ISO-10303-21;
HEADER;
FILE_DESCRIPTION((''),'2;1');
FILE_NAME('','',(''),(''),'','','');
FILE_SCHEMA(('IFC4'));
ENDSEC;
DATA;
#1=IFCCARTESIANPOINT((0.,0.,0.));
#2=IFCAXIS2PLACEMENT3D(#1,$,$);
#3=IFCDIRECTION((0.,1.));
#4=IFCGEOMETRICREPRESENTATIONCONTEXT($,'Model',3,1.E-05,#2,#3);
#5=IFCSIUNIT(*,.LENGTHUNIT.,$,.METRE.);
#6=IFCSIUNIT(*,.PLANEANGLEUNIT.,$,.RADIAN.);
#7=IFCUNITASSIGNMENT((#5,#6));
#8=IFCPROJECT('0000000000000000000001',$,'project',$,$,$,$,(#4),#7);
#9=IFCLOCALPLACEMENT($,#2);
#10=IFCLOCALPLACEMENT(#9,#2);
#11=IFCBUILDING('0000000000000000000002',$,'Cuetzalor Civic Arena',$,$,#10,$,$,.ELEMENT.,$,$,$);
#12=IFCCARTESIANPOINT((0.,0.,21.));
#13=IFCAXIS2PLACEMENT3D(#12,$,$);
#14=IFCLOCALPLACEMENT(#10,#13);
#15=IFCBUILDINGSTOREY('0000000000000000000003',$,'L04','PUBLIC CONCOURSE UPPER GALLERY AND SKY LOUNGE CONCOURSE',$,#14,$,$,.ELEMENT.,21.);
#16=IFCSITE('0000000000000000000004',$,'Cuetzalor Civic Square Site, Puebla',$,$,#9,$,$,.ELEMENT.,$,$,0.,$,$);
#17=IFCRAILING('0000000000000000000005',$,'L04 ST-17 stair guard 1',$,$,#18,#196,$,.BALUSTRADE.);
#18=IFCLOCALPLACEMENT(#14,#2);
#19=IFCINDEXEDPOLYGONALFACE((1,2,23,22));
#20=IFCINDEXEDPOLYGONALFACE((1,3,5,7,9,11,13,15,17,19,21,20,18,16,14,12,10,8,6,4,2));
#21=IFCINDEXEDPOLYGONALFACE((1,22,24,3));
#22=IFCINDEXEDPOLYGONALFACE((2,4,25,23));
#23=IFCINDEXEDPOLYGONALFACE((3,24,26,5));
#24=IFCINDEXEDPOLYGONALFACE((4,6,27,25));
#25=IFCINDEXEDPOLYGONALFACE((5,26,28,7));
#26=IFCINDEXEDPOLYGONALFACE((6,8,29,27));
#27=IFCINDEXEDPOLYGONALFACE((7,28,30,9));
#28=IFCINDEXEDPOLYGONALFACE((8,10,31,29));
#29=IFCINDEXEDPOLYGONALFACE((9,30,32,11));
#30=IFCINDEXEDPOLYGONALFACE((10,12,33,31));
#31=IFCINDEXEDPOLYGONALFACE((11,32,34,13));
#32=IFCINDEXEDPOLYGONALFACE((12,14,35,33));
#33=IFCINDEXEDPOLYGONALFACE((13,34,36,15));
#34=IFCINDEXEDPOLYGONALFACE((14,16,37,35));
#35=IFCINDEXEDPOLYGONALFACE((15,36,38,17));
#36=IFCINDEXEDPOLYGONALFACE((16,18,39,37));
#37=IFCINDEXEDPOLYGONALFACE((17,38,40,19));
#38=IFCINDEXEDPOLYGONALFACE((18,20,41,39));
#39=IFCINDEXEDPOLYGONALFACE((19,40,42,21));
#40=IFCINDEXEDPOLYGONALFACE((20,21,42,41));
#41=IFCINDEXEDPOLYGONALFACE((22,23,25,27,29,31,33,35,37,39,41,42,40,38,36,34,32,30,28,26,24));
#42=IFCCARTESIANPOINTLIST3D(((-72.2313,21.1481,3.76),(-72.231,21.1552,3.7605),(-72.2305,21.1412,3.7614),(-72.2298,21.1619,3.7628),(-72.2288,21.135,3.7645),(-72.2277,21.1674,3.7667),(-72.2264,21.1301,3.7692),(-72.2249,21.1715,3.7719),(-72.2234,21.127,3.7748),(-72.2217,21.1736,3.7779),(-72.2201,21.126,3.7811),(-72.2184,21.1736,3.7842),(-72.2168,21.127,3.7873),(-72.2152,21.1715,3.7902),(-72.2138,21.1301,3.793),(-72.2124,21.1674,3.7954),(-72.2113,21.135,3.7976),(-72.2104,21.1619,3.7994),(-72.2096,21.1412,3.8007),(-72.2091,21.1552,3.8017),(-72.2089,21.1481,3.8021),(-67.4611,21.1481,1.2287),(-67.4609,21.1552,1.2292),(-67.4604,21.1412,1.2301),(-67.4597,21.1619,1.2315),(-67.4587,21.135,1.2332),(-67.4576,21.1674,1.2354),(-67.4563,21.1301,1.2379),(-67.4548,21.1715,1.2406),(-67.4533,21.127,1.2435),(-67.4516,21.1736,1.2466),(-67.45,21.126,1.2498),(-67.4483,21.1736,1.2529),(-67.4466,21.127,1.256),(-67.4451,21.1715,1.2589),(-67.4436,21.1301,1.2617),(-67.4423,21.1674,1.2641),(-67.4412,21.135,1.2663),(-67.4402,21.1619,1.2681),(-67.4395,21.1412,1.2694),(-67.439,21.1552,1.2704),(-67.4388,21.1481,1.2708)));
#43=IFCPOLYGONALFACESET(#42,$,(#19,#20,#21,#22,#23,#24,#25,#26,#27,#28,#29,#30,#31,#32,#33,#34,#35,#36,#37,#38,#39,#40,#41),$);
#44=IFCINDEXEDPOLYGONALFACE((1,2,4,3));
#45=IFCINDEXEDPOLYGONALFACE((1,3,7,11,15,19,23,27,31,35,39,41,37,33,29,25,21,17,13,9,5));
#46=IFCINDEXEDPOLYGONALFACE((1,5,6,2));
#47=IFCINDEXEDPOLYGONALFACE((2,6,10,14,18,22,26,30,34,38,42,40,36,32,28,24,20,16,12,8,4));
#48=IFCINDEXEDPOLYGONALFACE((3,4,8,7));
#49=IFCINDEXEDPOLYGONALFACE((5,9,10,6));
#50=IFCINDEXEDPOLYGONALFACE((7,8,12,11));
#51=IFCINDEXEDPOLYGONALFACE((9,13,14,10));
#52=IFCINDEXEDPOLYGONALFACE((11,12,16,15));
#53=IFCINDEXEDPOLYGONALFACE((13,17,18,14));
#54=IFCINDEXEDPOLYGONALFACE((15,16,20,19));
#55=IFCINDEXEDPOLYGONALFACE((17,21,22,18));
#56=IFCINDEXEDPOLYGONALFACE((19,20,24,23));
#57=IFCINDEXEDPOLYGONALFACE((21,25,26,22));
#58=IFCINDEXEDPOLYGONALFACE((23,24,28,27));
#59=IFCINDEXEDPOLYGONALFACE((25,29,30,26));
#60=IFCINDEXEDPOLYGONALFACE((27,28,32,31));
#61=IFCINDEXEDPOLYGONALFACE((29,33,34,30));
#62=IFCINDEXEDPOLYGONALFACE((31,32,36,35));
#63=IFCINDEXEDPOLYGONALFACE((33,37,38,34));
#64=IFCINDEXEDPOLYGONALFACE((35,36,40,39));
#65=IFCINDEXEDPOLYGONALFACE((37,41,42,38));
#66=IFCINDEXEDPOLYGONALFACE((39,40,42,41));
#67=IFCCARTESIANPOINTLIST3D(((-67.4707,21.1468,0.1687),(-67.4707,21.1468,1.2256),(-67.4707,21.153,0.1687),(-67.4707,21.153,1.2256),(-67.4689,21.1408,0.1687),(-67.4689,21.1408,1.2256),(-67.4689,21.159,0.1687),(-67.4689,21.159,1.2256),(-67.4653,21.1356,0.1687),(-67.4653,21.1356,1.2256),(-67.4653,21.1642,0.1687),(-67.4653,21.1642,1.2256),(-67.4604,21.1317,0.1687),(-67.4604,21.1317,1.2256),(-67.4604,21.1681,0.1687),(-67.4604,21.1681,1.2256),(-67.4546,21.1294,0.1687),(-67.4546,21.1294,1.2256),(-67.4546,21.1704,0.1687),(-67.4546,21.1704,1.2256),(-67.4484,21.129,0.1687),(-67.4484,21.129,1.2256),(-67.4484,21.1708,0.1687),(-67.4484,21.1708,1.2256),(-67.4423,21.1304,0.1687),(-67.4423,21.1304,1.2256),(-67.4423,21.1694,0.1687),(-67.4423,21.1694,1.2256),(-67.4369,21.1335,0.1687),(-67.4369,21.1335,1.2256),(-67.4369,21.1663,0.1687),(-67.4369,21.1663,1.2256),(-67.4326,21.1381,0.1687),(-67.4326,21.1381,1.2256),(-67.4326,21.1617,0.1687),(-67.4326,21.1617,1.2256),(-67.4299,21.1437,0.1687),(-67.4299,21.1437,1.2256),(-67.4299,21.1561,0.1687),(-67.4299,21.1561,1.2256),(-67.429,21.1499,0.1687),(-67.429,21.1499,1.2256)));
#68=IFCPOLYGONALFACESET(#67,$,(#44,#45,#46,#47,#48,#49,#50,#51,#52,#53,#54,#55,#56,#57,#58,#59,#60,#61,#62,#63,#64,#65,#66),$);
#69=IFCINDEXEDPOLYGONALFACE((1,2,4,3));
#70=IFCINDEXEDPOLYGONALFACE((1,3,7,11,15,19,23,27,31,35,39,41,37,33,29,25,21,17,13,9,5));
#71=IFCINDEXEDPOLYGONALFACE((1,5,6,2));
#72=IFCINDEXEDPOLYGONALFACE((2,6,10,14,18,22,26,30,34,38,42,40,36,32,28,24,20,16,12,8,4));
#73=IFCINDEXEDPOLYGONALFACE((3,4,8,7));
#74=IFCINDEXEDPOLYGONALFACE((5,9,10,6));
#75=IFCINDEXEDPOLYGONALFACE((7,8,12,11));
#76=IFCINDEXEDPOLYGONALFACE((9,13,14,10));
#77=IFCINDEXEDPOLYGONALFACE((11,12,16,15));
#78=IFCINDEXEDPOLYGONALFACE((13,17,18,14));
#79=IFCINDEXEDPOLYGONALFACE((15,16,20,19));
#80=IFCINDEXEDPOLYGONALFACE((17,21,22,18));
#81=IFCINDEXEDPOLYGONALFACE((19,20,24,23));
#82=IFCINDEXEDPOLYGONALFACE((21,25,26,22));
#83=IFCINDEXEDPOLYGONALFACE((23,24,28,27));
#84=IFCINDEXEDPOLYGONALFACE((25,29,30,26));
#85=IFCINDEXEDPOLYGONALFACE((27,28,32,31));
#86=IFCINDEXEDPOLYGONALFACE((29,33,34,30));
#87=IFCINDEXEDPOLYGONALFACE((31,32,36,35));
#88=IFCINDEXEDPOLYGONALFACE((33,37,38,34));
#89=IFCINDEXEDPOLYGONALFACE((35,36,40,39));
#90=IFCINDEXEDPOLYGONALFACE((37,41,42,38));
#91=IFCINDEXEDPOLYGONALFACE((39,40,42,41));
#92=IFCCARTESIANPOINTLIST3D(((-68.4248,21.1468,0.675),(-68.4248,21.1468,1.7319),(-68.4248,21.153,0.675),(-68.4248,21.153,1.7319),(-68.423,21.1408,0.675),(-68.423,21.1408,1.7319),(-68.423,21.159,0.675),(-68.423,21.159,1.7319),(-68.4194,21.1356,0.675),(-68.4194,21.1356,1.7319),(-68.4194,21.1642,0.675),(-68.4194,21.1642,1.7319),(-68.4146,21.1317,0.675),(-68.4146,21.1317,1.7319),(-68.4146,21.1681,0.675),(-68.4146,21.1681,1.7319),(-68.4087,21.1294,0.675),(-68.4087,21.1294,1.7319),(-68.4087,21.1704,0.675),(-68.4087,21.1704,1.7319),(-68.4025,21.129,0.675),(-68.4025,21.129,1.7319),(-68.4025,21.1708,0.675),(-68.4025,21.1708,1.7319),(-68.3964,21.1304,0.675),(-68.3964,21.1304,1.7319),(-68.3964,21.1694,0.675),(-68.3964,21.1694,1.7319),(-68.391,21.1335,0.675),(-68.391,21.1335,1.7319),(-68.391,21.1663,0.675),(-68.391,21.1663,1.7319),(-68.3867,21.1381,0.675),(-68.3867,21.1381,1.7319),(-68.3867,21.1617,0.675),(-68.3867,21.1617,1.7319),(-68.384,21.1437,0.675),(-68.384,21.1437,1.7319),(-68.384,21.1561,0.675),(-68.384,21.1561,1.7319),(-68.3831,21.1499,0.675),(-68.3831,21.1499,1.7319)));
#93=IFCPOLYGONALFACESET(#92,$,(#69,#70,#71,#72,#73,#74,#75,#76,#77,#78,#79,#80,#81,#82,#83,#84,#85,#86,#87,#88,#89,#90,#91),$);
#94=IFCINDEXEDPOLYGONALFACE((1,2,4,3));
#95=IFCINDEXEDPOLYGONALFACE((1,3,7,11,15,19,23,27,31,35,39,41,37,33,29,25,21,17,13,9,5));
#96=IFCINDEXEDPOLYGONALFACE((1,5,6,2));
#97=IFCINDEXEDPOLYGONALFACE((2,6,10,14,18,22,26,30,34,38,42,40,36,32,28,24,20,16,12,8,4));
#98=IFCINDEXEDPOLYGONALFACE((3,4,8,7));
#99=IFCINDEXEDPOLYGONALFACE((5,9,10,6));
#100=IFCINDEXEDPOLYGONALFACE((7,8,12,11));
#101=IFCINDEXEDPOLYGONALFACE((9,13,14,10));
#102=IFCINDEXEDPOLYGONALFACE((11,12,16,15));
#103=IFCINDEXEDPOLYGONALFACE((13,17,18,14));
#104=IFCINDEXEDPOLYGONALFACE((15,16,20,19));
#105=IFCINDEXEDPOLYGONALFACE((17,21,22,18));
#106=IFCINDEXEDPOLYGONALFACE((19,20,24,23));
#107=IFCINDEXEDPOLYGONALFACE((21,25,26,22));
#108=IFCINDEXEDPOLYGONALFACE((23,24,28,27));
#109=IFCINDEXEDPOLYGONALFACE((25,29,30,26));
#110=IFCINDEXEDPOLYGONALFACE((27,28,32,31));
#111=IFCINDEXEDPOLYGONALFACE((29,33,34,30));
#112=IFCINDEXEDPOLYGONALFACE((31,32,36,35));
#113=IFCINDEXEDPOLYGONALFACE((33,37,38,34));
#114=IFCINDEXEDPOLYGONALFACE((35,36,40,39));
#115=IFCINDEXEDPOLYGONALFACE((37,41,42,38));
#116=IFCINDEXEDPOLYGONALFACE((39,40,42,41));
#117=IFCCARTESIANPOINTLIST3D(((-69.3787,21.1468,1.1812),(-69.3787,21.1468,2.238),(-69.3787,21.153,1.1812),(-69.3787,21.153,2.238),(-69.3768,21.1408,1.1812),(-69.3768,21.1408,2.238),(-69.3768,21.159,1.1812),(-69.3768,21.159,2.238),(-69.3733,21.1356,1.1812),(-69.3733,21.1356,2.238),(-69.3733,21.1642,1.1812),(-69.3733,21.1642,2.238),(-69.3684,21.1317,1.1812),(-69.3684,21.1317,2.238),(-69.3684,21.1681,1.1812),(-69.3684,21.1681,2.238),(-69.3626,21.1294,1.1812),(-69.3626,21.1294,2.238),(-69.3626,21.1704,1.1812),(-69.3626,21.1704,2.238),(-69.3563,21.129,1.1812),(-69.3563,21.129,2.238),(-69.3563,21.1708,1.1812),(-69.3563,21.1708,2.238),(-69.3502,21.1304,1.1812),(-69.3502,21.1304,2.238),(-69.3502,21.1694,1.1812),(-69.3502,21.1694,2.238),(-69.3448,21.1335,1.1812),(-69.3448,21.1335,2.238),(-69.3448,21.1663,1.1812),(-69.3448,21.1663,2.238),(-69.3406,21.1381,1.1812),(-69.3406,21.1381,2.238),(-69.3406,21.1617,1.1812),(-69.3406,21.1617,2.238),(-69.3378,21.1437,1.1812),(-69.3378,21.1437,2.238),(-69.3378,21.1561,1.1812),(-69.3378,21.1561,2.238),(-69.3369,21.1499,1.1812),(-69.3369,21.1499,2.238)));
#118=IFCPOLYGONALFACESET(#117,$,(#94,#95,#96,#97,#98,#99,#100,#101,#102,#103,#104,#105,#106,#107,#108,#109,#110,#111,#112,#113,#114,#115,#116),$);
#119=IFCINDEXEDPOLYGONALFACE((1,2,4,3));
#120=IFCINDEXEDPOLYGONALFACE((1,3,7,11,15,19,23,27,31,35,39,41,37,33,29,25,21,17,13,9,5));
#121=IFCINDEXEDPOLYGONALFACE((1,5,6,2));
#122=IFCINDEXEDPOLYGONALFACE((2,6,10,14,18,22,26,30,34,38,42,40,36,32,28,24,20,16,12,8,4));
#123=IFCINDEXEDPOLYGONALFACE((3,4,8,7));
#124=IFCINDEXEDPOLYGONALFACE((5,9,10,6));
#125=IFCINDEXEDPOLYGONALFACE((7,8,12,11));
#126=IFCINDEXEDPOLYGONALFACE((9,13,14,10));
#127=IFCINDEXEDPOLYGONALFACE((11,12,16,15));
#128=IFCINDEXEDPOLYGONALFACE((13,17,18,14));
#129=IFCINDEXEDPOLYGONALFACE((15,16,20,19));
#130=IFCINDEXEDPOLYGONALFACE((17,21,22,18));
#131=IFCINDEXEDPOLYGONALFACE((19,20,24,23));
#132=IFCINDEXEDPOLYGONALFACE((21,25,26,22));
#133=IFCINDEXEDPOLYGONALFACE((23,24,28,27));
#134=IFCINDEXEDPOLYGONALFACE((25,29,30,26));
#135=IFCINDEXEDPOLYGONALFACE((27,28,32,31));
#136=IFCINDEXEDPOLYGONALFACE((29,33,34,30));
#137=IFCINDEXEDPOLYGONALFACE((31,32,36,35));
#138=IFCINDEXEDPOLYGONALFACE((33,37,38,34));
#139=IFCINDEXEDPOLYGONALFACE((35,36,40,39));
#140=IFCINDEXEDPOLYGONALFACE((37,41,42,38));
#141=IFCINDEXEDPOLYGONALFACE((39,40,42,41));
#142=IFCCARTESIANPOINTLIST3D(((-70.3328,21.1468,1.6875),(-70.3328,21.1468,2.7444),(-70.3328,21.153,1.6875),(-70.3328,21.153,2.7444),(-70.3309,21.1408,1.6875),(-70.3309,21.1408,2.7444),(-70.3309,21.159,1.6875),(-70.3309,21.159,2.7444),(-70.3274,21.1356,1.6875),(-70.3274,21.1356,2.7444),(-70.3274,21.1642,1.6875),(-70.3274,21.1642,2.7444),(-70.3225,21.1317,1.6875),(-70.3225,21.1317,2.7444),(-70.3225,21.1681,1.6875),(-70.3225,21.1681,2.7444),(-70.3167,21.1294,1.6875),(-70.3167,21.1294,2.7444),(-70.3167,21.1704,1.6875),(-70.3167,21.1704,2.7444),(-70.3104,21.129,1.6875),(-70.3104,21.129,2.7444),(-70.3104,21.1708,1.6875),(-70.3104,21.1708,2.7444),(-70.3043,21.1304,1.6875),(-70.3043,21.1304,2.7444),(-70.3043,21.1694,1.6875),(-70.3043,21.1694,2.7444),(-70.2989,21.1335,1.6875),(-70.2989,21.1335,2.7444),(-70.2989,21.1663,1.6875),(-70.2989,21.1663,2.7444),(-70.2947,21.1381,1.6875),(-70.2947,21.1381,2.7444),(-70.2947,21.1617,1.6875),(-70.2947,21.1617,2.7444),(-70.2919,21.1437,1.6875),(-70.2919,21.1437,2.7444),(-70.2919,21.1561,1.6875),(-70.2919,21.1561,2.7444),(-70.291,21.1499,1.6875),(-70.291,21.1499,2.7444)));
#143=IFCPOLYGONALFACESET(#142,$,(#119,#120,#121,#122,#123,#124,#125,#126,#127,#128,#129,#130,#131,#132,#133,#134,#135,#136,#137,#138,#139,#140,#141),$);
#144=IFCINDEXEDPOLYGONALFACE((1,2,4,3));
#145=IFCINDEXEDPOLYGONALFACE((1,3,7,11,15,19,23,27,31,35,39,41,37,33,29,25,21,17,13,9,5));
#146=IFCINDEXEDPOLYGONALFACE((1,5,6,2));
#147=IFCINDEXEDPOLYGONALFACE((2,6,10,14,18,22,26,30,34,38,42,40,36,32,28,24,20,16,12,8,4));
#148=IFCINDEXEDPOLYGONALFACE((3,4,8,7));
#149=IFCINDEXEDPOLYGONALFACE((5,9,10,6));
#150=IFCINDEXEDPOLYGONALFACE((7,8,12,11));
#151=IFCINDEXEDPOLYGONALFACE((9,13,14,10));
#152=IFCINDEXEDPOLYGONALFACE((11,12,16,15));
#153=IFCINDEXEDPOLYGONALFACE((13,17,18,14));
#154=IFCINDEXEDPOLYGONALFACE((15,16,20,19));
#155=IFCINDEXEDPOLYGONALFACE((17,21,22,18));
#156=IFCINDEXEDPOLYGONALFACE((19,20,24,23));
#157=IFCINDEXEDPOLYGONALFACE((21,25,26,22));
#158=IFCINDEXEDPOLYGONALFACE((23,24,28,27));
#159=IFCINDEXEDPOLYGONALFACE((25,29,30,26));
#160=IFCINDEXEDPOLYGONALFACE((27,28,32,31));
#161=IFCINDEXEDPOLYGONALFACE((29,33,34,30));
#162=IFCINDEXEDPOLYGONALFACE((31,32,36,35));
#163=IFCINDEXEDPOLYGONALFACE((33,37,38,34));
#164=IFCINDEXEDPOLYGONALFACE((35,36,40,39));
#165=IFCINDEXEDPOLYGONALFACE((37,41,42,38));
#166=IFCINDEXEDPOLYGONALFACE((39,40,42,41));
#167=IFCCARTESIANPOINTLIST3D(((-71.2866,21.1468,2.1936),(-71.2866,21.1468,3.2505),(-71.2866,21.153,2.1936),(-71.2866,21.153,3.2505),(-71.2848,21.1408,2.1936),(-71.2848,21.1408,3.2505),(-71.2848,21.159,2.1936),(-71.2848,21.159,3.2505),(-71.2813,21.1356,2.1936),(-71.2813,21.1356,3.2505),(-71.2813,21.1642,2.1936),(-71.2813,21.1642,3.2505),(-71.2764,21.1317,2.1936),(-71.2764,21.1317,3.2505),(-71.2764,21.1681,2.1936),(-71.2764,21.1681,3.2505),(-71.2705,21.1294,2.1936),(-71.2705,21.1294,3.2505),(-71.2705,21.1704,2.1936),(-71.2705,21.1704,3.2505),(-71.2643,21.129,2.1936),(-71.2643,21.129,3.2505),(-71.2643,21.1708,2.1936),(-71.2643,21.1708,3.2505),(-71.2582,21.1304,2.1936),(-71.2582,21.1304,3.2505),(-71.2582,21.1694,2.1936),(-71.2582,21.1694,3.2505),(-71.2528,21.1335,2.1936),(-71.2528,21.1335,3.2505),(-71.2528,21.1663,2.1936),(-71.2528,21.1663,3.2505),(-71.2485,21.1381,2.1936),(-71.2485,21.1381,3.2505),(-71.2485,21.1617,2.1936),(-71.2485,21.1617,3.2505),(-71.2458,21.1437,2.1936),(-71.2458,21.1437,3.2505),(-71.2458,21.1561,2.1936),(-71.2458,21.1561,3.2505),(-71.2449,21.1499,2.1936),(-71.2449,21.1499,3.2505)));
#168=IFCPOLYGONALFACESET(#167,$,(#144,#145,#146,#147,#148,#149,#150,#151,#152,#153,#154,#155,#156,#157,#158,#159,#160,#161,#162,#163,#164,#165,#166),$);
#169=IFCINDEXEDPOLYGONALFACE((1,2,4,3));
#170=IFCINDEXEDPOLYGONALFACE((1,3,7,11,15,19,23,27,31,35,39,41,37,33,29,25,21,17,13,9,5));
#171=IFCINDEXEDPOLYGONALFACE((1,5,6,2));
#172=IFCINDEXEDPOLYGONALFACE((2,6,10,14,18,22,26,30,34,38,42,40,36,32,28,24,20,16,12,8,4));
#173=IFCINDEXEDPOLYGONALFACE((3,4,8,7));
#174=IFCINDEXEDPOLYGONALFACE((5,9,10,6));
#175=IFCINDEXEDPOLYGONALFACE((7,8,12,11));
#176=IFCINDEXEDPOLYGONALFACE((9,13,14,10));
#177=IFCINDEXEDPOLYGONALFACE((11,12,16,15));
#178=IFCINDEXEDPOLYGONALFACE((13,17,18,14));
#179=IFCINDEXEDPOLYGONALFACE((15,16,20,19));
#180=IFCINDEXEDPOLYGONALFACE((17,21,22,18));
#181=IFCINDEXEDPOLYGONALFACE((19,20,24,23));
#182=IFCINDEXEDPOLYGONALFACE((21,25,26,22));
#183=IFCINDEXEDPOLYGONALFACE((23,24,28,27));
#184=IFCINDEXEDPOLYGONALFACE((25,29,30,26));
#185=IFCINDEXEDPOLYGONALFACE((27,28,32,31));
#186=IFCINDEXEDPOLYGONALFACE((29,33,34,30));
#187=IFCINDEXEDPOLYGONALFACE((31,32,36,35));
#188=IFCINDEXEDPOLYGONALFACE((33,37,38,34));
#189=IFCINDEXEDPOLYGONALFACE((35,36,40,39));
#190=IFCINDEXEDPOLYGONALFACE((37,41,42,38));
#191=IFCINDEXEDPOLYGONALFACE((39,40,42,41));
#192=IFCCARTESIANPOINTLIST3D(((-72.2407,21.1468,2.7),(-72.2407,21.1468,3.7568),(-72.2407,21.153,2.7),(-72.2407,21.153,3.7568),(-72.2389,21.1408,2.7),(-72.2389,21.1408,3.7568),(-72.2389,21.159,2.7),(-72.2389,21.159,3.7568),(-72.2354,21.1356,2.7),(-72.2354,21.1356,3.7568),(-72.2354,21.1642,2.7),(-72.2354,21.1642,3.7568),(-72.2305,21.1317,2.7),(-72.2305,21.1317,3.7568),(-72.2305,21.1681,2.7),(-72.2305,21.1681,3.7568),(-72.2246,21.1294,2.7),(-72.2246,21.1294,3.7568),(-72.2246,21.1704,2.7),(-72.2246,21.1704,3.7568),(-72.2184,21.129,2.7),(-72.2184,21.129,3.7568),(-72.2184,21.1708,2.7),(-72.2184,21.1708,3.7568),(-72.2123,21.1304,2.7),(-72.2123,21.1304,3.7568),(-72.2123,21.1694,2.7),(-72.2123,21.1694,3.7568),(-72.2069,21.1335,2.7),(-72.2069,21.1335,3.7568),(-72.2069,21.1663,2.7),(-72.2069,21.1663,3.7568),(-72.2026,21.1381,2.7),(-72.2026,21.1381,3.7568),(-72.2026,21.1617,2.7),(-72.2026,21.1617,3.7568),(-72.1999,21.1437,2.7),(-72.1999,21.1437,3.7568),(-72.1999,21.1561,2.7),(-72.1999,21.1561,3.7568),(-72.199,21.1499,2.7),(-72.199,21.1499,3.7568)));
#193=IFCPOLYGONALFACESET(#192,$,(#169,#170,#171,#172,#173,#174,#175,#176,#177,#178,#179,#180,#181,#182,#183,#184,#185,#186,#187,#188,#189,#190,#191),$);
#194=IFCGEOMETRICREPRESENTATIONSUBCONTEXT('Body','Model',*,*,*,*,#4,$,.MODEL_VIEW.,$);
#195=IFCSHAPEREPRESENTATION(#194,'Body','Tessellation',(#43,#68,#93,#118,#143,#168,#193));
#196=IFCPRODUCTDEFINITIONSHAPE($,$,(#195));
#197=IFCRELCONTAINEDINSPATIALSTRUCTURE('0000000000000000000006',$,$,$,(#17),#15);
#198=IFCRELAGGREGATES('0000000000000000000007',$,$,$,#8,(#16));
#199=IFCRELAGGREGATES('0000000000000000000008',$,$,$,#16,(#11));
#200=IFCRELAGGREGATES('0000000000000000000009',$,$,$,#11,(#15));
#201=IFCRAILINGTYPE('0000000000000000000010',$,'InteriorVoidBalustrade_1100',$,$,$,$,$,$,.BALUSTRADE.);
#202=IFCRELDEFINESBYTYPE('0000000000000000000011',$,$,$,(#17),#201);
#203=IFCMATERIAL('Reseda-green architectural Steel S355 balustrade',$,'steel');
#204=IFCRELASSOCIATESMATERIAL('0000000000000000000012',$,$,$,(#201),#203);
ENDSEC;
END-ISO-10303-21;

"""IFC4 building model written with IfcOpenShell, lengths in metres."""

from ifc_helpers import new_model, si_unit, direction, frame, origin, origin_2d, place, context, subcontext, project, spatial, circle, extrude, material, type_object, element, save


model = new_model("IFC4")

# Units and contexts
model_context = context("Model", 3, precision=1e-05, world=origin(), true_north=direction((0.0, 1.0)))
body_context = subcontext(model_context, "Body", "Model", "MODEL_VIEW")
ifc_project = project(units=[si_unit("LENGTHUNIT", "METRE"), si_unit("PLANEANGLEUNIT", "RADIAN")], contexts=[model_context])

# Site, building, storey
site_placement = place(None, origin())
site = spatial("IfcSite", under=ifc_project, at=site_placement, Name="Cuetzalor Civic Square Site, Puebla", CompositionType="ELEMENT", RefElevation=0.0)
building_placement = place(site_placement, origin())
building = spatial("IfcBuilding", under=site, at=building_placement, Name="Cuetzalor Civic Arena", CompositionType="ELEMENT")
storey_placement = place(building_placement, frame((0.0, 0.0, 21.0)))
storey = spatial("IfcBuildingStorey", under=building, at=storey_placement, Name="L04", Description="PUBLIC CONCOURSE UPPER GALLERY AND SKY LOUNGE CONCOURSE", CompositionType="ELEMENT", Elevation=21.0)

# Railing
ifc_material_1 = material(Name="Reseda-green architectural Steel S355 balustrade", Category="steel")
railing_type_1 = type_object("IfcRailingType", Name="InteriorVoidBalustrade_1100", PredefinedType="BALUSTRADE", material=ifc_material_1)
railing_1_placement = place(storey_placement, frame((-67.45, 21.1499, 0.1687)))
element("IfcRailing", 1, at=railing_1_placement, inside=storey, type_object=railing_type_1, Name="L04 ST-17 stair guard 1", PredefinedType="BALUSTRADE", context=body_context, shape_type="SweptSolid", body=[
    extrude(circle(Radius=0.0239, at=origin_2d()), frame((0.0, 0.0, 1.0811), z_axis=(-0.883332, 0.0, 0.468747), x_axis=(0.0, -1.0, 0.0)), (0.0, 0.0, 1.0), 5.4001),
    extrude(circle(Radius=0.021, at=origin_2d()), origin(), (0.0, 0.0, 1.0), 1.0569),
    extrude(circle(Radius=0.021, at=origin_2d()), frame((-0.9541, 0.0, 0.5063)), (0.0, 0.0, 1.0), 1.0569),
    extrude(circle(Radius=0.021, at=origin_2d()), frame((-1.908, 0.0, 1.0125)), (0.0, 0.0, 1.0), 1.0569),
    extrude(circle(Radius=0.021, at=origin_2d()), frame((-2.8621, 0.0, 1.5188)), (0.0, 0.0, 1.0), 1.0569),
    extrude(circle(Radius=0.021, at=origin_2d()), frame((-3.8159, 0.0, 2.0249)), (0.0, 0.0, 1.0), 1.0569),
    extrude(circle(Radius=0.021, at=origin_2d()), frame((-4.77, 0.0, 2.5312)), (0.0, 0.0, 1.0), 1.0569),
])

save(model, "model.ifc")
